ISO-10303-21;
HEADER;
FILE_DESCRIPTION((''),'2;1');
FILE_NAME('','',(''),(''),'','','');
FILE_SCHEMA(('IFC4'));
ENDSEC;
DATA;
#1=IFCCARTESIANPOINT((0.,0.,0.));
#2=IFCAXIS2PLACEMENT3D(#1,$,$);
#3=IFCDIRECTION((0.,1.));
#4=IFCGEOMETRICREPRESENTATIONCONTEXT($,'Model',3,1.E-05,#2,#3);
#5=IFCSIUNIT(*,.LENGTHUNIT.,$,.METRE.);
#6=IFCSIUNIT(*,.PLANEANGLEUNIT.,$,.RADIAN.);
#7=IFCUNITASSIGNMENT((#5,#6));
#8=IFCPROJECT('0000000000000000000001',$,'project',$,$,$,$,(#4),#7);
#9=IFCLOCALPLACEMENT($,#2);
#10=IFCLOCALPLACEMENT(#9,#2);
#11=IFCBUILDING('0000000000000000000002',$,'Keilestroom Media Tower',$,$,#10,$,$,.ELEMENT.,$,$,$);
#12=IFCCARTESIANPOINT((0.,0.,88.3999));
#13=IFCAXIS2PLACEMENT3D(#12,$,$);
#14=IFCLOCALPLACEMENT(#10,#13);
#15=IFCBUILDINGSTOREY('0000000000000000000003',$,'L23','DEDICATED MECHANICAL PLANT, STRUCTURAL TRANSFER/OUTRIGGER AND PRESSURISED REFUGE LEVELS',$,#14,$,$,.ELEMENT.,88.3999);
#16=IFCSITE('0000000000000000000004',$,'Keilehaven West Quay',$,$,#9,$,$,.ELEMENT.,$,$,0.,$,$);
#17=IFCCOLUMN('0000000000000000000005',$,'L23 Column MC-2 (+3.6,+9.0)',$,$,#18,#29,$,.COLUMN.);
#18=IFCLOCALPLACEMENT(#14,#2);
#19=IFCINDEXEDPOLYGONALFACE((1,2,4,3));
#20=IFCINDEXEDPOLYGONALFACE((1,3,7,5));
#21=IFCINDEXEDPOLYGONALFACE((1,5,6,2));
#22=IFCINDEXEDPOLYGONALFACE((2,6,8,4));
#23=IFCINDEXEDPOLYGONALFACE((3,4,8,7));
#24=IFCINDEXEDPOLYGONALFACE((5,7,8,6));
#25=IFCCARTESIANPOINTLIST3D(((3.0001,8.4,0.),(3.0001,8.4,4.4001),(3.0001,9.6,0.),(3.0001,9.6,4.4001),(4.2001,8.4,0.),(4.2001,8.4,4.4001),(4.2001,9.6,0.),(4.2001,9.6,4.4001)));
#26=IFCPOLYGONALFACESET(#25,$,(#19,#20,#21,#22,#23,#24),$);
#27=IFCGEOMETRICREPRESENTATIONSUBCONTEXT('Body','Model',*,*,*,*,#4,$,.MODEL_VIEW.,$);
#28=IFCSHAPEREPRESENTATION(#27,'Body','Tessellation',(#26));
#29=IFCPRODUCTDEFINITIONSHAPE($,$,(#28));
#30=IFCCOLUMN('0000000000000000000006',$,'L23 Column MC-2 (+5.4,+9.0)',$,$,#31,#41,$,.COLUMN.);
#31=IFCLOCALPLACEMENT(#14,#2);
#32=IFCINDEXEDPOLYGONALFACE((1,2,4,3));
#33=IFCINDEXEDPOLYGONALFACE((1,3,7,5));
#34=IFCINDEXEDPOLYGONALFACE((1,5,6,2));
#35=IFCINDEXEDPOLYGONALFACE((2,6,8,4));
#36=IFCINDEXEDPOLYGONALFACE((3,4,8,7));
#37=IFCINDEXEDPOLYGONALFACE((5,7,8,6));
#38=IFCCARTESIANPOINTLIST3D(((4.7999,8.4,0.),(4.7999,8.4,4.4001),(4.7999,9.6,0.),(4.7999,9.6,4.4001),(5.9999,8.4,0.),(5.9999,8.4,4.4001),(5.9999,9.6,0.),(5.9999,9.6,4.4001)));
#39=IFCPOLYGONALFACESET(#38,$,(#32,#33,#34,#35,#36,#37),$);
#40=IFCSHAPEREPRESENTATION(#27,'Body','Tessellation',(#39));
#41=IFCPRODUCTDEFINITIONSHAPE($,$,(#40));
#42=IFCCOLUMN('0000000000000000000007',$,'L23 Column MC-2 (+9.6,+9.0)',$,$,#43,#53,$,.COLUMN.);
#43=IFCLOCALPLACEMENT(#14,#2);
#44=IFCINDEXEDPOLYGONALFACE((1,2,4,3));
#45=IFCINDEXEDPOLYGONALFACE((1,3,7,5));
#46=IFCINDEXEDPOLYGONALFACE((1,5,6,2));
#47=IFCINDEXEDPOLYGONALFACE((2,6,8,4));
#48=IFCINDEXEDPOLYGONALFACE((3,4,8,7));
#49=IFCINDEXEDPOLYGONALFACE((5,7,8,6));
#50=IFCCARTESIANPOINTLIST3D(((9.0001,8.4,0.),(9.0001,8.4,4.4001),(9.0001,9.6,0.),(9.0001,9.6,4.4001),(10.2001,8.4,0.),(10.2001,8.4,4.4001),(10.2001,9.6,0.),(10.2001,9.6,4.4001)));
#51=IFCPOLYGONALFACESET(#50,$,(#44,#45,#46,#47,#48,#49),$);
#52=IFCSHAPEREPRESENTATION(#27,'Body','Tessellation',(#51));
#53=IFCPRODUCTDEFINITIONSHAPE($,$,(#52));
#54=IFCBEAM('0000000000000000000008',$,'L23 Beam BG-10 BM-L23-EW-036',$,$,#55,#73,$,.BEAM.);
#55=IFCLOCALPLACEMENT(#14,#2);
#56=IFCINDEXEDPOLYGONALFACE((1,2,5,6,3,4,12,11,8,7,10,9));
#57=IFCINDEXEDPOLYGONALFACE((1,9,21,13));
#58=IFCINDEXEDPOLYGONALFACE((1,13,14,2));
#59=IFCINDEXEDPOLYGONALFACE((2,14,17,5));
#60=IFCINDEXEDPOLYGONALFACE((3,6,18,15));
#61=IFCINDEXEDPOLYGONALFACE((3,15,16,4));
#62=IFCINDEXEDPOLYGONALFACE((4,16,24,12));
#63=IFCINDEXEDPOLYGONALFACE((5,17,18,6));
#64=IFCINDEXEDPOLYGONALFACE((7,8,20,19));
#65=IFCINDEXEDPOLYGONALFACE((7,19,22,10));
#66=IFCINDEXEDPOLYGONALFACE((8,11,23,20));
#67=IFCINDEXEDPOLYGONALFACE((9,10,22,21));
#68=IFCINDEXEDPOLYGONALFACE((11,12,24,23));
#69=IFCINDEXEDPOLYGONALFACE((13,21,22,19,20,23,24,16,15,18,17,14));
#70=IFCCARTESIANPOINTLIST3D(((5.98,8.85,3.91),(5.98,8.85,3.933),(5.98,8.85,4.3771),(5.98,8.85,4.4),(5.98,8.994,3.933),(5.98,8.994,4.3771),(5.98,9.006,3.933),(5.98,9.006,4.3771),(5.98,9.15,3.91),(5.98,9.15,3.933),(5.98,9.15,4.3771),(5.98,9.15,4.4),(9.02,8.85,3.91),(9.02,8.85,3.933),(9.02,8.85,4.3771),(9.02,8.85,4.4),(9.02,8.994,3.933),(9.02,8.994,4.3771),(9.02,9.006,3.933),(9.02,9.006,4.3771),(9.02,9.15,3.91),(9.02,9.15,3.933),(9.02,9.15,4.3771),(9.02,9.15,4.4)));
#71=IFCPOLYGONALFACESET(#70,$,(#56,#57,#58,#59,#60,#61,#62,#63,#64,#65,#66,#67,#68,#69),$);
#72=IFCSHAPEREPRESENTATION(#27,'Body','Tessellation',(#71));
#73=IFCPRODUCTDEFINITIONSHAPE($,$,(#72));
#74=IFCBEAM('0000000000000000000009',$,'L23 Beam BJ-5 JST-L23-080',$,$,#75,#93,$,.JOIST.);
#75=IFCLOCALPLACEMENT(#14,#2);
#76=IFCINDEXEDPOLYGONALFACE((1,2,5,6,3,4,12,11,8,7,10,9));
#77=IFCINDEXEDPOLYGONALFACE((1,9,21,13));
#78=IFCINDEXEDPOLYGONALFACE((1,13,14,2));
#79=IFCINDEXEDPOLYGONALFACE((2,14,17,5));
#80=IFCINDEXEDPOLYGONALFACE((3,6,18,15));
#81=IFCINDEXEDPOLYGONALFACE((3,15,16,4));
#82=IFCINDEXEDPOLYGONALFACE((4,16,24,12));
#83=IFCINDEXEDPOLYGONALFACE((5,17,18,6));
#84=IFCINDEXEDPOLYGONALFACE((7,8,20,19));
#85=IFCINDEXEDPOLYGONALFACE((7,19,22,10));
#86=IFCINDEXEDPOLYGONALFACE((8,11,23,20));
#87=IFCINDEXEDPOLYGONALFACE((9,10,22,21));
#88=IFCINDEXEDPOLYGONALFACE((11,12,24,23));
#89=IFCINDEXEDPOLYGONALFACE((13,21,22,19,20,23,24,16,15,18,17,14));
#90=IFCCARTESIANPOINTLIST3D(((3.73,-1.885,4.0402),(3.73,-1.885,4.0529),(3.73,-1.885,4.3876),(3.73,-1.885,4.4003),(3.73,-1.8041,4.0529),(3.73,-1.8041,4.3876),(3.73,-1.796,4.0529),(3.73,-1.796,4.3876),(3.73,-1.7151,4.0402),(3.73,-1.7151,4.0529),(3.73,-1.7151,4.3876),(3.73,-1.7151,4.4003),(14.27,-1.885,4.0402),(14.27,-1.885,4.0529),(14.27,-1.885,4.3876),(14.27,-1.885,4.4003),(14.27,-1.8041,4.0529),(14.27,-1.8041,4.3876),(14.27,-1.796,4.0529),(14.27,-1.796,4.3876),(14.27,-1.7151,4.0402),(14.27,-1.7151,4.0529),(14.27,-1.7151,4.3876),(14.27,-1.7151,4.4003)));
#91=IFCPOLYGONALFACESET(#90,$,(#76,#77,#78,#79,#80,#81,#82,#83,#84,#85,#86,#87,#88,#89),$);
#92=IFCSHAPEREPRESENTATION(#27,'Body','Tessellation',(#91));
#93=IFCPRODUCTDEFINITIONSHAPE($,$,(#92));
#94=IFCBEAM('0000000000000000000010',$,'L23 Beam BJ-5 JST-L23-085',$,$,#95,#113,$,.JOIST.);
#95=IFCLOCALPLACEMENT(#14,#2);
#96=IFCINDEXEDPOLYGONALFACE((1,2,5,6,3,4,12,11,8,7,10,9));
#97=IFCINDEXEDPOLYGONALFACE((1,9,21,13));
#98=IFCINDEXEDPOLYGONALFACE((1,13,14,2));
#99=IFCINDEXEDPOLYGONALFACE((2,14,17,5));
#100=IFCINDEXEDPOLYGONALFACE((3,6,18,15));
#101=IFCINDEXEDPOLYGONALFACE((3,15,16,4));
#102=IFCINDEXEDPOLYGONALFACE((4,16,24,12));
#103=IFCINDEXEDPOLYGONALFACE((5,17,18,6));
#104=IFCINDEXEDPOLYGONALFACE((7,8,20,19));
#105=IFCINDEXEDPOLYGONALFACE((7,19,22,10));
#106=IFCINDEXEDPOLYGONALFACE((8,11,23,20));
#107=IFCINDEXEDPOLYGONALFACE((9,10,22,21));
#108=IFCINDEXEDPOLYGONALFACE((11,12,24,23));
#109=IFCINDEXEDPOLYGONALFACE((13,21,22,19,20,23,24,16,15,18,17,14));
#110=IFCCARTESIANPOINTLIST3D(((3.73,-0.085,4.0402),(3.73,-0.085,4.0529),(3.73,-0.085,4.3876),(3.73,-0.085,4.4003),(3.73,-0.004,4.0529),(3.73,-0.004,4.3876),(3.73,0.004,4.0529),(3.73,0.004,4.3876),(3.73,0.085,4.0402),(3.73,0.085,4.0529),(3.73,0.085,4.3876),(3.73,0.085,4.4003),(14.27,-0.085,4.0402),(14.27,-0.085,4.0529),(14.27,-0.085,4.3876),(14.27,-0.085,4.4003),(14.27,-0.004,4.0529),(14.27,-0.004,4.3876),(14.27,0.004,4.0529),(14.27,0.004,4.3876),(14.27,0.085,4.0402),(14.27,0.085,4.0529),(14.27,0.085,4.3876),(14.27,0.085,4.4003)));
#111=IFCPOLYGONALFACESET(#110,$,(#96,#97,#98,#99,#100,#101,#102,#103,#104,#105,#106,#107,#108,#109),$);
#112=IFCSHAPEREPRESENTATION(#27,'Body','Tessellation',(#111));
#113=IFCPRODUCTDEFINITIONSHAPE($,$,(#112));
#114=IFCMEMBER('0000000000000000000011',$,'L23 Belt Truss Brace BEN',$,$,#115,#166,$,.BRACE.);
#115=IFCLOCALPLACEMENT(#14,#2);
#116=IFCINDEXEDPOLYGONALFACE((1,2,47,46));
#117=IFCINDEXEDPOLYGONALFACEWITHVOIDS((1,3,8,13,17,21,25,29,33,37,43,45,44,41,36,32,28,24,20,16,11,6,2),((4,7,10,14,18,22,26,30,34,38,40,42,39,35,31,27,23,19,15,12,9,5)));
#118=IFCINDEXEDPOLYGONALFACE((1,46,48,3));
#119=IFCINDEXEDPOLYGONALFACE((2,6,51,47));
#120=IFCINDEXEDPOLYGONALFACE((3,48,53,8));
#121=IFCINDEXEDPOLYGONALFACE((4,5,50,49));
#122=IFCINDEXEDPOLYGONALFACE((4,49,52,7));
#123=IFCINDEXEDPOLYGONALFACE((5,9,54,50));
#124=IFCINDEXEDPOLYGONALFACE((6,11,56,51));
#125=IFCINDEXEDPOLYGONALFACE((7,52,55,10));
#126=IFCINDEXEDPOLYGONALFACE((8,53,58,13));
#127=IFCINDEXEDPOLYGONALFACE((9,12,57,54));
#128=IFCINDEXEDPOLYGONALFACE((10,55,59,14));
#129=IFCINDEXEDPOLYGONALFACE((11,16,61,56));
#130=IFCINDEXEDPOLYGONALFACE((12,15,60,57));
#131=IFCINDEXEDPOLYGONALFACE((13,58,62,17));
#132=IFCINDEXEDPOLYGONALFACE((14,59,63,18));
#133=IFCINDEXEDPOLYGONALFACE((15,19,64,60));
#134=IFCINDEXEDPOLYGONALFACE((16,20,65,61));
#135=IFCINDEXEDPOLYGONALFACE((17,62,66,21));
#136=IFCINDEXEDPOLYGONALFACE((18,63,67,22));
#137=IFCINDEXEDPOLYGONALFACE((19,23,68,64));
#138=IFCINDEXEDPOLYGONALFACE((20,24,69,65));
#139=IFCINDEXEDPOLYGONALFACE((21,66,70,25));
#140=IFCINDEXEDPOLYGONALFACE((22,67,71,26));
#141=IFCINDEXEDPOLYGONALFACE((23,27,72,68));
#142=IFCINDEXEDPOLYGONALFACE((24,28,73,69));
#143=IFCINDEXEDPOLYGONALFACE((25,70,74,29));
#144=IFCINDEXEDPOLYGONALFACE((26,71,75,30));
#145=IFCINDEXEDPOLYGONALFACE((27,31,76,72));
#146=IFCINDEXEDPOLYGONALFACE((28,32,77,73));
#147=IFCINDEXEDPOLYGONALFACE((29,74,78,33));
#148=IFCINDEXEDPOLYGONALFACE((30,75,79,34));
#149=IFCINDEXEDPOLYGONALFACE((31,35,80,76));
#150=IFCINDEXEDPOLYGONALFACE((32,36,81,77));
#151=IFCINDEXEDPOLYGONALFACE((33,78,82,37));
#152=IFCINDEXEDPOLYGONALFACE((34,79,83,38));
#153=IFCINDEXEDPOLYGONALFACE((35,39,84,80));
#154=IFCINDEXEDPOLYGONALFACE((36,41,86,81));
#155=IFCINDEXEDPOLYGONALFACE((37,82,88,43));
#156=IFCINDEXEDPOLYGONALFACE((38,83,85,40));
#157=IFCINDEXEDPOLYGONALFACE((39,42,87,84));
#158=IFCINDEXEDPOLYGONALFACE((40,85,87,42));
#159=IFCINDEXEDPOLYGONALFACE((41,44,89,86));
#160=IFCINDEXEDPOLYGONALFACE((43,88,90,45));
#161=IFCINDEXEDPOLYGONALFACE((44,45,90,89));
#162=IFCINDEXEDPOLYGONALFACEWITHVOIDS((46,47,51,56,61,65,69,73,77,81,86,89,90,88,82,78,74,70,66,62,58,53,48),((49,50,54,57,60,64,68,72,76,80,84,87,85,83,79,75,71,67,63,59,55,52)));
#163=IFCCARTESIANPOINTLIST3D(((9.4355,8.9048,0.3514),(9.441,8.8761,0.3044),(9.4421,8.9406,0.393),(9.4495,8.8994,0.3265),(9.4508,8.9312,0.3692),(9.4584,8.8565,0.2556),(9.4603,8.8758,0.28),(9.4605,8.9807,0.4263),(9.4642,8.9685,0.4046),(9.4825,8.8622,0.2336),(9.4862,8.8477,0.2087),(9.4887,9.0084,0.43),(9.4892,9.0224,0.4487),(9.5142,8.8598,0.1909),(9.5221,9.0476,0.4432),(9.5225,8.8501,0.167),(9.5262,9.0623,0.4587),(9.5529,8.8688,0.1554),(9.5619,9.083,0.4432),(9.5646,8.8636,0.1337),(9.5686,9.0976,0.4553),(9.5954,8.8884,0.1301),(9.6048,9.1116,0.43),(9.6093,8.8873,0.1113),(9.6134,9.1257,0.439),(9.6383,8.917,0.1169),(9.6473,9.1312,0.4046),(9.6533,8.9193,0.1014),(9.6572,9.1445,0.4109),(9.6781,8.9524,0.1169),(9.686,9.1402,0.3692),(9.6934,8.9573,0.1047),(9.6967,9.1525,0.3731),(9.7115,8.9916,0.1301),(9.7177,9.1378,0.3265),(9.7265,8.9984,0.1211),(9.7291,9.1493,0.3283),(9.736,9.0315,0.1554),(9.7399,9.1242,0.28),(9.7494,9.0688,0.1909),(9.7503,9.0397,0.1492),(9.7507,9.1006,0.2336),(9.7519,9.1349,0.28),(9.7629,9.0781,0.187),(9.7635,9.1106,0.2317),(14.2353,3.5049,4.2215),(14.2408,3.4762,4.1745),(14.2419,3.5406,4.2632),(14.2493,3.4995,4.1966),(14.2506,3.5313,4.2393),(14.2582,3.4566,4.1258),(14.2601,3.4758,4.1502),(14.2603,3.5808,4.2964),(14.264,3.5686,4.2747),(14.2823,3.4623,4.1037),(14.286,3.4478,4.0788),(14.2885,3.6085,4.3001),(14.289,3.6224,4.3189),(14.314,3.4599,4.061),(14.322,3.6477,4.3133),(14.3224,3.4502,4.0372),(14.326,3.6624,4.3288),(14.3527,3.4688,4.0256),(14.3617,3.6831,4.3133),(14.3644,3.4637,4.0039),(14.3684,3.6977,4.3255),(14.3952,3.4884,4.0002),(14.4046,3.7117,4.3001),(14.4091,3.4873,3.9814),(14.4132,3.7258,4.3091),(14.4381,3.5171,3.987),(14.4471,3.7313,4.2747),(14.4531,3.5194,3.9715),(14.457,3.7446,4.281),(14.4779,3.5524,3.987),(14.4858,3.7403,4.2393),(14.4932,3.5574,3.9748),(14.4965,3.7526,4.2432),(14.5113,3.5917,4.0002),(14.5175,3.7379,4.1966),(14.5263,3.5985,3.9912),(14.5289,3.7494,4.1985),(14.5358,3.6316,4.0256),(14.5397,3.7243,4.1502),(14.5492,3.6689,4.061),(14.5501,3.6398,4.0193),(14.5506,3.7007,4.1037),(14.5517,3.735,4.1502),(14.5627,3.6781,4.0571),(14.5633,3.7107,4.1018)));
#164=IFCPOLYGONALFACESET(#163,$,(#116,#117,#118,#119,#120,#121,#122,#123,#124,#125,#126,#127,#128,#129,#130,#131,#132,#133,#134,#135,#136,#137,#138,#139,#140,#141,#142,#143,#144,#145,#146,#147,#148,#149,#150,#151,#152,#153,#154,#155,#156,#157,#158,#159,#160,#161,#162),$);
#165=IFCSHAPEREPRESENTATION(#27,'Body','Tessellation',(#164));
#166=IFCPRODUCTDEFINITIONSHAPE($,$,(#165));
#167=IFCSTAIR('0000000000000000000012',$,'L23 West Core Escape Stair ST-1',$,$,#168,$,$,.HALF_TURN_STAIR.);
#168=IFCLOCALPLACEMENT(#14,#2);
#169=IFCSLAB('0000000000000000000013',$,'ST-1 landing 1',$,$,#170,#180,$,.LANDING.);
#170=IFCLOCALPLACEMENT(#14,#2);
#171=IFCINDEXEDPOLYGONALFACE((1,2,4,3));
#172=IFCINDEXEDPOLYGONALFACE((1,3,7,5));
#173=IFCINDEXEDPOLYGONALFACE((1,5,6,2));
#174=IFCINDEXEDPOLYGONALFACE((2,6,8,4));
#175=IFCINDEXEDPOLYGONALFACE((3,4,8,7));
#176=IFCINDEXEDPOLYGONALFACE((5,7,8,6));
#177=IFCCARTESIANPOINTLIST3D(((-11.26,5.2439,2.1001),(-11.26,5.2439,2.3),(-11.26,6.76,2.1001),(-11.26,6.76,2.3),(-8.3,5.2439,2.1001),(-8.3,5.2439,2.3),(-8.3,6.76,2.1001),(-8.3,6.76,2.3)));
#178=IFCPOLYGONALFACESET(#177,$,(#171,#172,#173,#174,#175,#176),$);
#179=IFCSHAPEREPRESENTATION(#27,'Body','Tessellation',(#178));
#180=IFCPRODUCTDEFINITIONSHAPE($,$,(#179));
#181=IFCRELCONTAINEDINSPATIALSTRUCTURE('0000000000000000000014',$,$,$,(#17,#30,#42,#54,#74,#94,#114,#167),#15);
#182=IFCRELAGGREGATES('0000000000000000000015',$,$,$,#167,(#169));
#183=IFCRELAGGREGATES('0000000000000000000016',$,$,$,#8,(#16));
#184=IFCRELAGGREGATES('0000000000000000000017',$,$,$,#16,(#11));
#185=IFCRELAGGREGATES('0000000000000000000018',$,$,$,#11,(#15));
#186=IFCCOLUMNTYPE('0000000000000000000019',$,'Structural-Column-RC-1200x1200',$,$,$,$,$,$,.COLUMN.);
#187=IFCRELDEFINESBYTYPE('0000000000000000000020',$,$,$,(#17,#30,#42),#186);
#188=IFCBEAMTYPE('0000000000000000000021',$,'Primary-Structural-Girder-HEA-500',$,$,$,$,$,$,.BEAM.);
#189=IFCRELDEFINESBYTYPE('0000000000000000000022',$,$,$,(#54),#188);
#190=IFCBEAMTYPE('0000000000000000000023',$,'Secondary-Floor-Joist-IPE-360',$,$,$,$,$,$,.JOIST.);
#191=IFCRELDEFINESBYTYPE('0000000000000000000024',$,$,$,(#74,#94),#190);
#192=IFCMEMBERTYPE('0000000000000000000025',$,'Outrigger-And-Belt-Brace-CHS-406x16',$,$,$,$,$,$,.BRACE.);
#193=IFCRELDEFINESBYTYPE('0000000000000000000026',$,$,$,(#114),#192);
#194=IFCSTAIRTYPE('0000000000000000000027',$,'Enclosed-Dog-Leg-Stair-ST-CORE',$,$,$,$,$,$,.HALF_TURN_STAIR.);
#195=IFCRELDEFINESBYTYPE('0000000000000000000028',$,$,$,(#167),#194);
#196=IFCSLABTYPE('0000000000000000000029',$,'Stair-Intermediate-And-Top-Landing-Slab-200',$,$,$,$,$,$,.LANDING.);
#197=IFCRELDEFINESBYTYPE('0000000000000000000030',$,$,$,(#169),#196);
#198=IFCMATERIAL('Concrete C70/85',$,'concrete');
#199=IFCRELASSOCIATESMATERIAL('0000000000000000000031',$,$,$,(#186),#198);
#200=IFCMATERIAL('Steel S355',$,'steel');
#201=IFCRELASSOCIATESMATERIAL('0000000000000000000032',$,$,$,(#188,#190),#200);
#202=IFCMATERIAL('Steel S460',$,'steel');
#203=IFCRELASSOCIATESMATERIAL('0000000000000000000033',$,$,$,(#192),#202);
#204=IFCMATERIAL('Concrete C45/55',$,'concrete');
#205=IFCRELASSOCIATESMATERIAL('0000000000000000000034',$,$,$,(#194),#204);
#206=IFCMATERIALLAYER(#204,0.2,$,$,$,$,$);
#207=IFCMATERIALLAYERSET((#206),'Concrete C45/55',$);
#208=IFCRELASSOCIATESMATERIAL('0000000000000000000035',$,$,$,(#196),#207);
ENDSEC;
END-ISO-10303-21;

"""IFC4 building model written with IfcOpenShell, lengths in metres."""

from ifc_helpers import new_model, si_unit, direction, frame, origin, origin_2d, place, context, subcontext, project, spatial, polyline, rectangle, hollow_circle, i_section, outline, extrude, source, transform, mapped, material, layer, layer_set, material_profile, profile_set, type_object, element, aggregate, save


model = new_model("IFC4")

# Units and contexts
model_context = context("Model", 3, precision=1e-05, world=origin(), true_north=direction((0.0, 1.0)))
body_context = subcontext(model_context, "Body", "Model", "MODEL_VIEW")
ifc_project = project(units=[si_unit("LENGTHUNIT", "METRE"), si_unit("PLANEANGLEUNIT", "RADIAN")], contexts=[model_context])

# Site, building, storey
site_placement = place(None, origin())
site = spatial("IfcSite", under=ifc_project, at=site_placement, Name="Keilehaven West Quay", CompositionType="ELEMENT", RefElevation=0.0)
building_placement = place(site_placement, origin())
building = spatial("IfcBuilding", under=site, at=building_placement, Name="Keilestroom Media Tower", CompositionType="ELEMENT")
storey_placement = place(building_placement, frame((0.0, 0.0, 88.3999)))
storey = spatial("IfcBuildingStorey", under=building, at=storey_placement, Name="L23", Description="DEDICATED MECHANICAL PLANT, STRUCTURAL TRANSFER/OUTRIGGER AND PRESSURISED REFUGE LEVELS", CompositionType="ELEMENT", Elevation=88.3999)

# Columns
ifc_material_1 = material(Name="Concrete C70/85", Category="concrete")
ifc_material_profile_1 = material_profile(ifc_material_1, rectangle(XDim=1.2, YDim=1.2, at=origin_2d()), Name="RC 1200x1200")
ifc_profile_set_1 = profile_set([ifc_material_profile_1], Name="Concrete C70/85")
column_type = type_object("IfcColumnType", Name="Structural-Column-RC-1200x1200", PredefinedType="COLUMN", material=ifc_profile_set_1)
shared_shape_1 = source(origin(), body_context, "Body", "SweptSolid", [
    extrude(rectangle(XDim=1.2, YDim=1.2, at=origin_2d()), origin(), (0.0, 0.0, 1.0), 4.4001),
])
for number, where, z_axis, x_axis, name in (
    (1, (3.6001, 9.0, 0.0), (0.0, 0.0, 1.0), (1.0, 0.0, 0.0), "L23 Column MC-2 (+3.6,+9.0)"),
    (2, (5.3999, 9.0, 0.0), (0.0, 0.0, 1.0), (1.0, 0.0, 0.0), "L23 Column MC-2 (+5.4,+9.0)"),
    (3, (9.6001, 9.0, 0.0), (0.0, 0.0, 1.0), (1.0, 0.0, 0.0), "L23 Column MC-2 (+9.6,+9.0)"),
):
    element("IfcColumn", number, at=place(storey_placement, frame(where, z_axis=z_axis, x_axis=x_axis)), inside=storey, type_object=column_type, Name=name, PredefinedType="COLUMN", context=body_context, shape_type="MappedRepresentation", body=[
        mapped(shared_shape_1, transform((0.0, 0.0, 0.0), x_axis=(1.0, 0.0, 0.0), y_axis=(0.0, 1.0, 0.0), z_axis=(0.0, 0.0, 1.0), scale=1.0)),
    ])

# Beams
ifc_material_2 = material(Name="Steel S355", Category="steel")
ifc_material_profile_2 = material_profile(ifc_material_2, i_section(OverallWidth=0.3, OverallDepth=0.49, WebThickness=0.012, FlangeThickness=0.0229, at=origin_2d()), Name="HEA 500")
ifc_profile_set_2 = profile_set([ifc_material_profile_2], Name="Steel S355")
beam_type_1 = type_object("IfcBeamType", Name="Primary-Structural-Girder-HEA-500", PredefinedType="BEAM", material=ifc_profile_set_2)
shared_shape_2 = source(origin(), body_context, "Body", "SweptSolid", [
    extrude(i_section(OverallWidth=0.3, OverallDepth=0.49, WebThickness=0.012, FlangeThickness=0.0229, at=origin_2d()), origin(), (0.0, 0.0, 1.0), 3.04),
])
beam_placement = place(storey_placement, frame((5.98, 9.0, 4.155), z_axis=(1.0, 0.0, 0.0), x_axis=(0.0, 1.0, 0.0)))
element("IfcBeam", 4, at=beam_placement, inside=storey, type_object=beam_type_1, Name="L23 Beam BG-10 BM-L23-EW-036", PredefinedType="BEAM", context=body_context, shape_type="MappedRepresentation", body=[
    mapped(shared_shape_2, transform((0.0, 0.0, 0.0), x_axis=(1.0, 0.0, 0.0), y_axis=(0.0, 1.0, 0.0), z_axis=(0.0, 0.0, 1.0), scale=1.0)),
])
ifc_material_profile_3 = material_profile(ifc_material_2, i_section(OverallWidth=0.1699, OverallDepth=0.3601, WebThickness=0.0081, FlangeThickness=0.0127, at=origin_2d()), Name="IPE 360")
ifc_profile_set_3 = profile_set([ifc_material_profile_3], Name="Steel S355")
beam_type_2 = type_object("IfcBeamType", Name="Secondary-Floor-Joist-IPE-360", PredefinedType="JOIST", material=ifc_profile_set_3)
shared_shape_3 = source(origin(), body_context, "Body", "SweptSolid", [
    extrude(i_section(OverallWidth=0.1699, OverallDepth=0.3601, WebThickness=0.0081, FlangeThickness=0.0127, at=origin_2d()), origin(), (0.0, 0.0, 1.0), 10.54),
])
for number, where, z_axis, x_axis, name in (
    (5, (3.73, -1.8, 4.2202), (1.0, 0.0, 0.0), (0.0, 1.0, 0.0), "L23 Beam BJ-5 JST-L23-080"),
    (6, (3.73, 0.0, 4.2202), (1.0, 0.0, 0.0), (0.0, 1.0, 0.0), "L23 Beam BJ-5 JST-L23-085"),
):
    element("IfcBeam", number, at=place(storey_placement, frame(where, z_axis=z_axis, x_axis=x_axis)), inside=storey, type_object=beam_type_2, Name=name, PredefinedType="JOIST", context=body_context, shape_type="MappedRepresentation", body=[
        mapped(shared_shape_3, transform((0.0, 0.0, 0.0), x_axis=(1.0, 0.0, 0.0), y_axis=(0.0, 1.0, 0.0), z_axis=(0.0, 0.0, 1.0), scale=1.0)),
    ])

# Member
ifc_material_3 = material(Name="Steel S460", Category="steel")
ifc_material_profile_4 = material_profile(ifc_material_3, hollow_circle(Radius=0.2031, WallThickness=0.0161, at=origin_2d()), Name="CHS 406.4x16")
ifc_profile_set_4 = profile_set([ifc_material_profile_4], Name="Steel S460")
member_type = type_object("IfcMemberType", Name="Outrigger-And-Belt-Brace-CHS-406x16", PredefinedType="BRACE", material=ifc_profile_set_4)
shared_shape_4 = source(origin(), body_context, "Body", "SweptSolid", [
    extrude(hollow_circle(Radius=0.2031, WallThickness=0.0161, at=origin_2d()), origin(), (0.0, 0.0, 1.0), 8.196),
])
member_placement = place(storey_placement, frame((9.6001, 9.0, 0.28), z_axis=(0.585626, -0.658844, 0.472194), x_axis=(0.747417, 0.664355, 0.0)))
element("IfcMember", 7, at=member_placement, inside=storey, type_object=member_type, Name="L23 Belt Truss Brace BEN", PredefinedType="BRACE", context=body_context, shape_type="MappedRepresentation", body=[
    mapped(shared_shape_4, transform((0.0, 0.0, 0.0), x_axis=(1.0, 0.0, 0.0), y_axis=(0.0, 1.0, 0.0), z_axis=(0.0, 0.0, 1.0), scale=1.0)),
])

# Stair, slab
ifc_material_4 = material(Name="Concrete C45/55", Category="concrete")
stair_type = type_object("IfcStairType", Name="Enclosed-Dog-Leg-Stair-ST-CORE", PredefinedType="HALF_TURN_STAIR", material=ifc_material_4)
stair_1_placement = place(storey_placement, origin())
stair_1 = element("IfcStair", 8, at=stair_1_placement, inside=storey, type_object=stair_type, Name="L23 West Core Escape Stair ST-1", PredefinedType="HALF_TURN_STAIR")
ifc_layer_1 = layer(ifc_material_4, 0.2)
ifc_layer_set_1 = layer_set([ifc_layer_1], Name="Concrete C45/55")
slab_type = type_object("IfcSlabType", Name="Stair-Intermediate-And-Top-Landing-Slab-200", PredefinedType="LANDING", material=ifc_layer_set_1)
slab_1_placement = place(storey_placement, frame((0.0, 0.0, 2.1001)))
slab_1 = element("IfcSlab", 9, at=slab_1_placement, type_object=slab_type, Name="ST-1 landing 1", PredefinedType="LANDING", context=body_context, shape_type="SweptSolid", body=[
    extrude(outline(polyline([(-8.3, 5.2439), (-8.3, 6.76), (-11.26, 6.76), (-11.26, 5.2439), (-8.3, 5.2439)])), origin(), (0.0, 0.0, 1.0), 0.2),
])
aggregate(stair_1, [slab_1])

save(model, "model.ifc")
